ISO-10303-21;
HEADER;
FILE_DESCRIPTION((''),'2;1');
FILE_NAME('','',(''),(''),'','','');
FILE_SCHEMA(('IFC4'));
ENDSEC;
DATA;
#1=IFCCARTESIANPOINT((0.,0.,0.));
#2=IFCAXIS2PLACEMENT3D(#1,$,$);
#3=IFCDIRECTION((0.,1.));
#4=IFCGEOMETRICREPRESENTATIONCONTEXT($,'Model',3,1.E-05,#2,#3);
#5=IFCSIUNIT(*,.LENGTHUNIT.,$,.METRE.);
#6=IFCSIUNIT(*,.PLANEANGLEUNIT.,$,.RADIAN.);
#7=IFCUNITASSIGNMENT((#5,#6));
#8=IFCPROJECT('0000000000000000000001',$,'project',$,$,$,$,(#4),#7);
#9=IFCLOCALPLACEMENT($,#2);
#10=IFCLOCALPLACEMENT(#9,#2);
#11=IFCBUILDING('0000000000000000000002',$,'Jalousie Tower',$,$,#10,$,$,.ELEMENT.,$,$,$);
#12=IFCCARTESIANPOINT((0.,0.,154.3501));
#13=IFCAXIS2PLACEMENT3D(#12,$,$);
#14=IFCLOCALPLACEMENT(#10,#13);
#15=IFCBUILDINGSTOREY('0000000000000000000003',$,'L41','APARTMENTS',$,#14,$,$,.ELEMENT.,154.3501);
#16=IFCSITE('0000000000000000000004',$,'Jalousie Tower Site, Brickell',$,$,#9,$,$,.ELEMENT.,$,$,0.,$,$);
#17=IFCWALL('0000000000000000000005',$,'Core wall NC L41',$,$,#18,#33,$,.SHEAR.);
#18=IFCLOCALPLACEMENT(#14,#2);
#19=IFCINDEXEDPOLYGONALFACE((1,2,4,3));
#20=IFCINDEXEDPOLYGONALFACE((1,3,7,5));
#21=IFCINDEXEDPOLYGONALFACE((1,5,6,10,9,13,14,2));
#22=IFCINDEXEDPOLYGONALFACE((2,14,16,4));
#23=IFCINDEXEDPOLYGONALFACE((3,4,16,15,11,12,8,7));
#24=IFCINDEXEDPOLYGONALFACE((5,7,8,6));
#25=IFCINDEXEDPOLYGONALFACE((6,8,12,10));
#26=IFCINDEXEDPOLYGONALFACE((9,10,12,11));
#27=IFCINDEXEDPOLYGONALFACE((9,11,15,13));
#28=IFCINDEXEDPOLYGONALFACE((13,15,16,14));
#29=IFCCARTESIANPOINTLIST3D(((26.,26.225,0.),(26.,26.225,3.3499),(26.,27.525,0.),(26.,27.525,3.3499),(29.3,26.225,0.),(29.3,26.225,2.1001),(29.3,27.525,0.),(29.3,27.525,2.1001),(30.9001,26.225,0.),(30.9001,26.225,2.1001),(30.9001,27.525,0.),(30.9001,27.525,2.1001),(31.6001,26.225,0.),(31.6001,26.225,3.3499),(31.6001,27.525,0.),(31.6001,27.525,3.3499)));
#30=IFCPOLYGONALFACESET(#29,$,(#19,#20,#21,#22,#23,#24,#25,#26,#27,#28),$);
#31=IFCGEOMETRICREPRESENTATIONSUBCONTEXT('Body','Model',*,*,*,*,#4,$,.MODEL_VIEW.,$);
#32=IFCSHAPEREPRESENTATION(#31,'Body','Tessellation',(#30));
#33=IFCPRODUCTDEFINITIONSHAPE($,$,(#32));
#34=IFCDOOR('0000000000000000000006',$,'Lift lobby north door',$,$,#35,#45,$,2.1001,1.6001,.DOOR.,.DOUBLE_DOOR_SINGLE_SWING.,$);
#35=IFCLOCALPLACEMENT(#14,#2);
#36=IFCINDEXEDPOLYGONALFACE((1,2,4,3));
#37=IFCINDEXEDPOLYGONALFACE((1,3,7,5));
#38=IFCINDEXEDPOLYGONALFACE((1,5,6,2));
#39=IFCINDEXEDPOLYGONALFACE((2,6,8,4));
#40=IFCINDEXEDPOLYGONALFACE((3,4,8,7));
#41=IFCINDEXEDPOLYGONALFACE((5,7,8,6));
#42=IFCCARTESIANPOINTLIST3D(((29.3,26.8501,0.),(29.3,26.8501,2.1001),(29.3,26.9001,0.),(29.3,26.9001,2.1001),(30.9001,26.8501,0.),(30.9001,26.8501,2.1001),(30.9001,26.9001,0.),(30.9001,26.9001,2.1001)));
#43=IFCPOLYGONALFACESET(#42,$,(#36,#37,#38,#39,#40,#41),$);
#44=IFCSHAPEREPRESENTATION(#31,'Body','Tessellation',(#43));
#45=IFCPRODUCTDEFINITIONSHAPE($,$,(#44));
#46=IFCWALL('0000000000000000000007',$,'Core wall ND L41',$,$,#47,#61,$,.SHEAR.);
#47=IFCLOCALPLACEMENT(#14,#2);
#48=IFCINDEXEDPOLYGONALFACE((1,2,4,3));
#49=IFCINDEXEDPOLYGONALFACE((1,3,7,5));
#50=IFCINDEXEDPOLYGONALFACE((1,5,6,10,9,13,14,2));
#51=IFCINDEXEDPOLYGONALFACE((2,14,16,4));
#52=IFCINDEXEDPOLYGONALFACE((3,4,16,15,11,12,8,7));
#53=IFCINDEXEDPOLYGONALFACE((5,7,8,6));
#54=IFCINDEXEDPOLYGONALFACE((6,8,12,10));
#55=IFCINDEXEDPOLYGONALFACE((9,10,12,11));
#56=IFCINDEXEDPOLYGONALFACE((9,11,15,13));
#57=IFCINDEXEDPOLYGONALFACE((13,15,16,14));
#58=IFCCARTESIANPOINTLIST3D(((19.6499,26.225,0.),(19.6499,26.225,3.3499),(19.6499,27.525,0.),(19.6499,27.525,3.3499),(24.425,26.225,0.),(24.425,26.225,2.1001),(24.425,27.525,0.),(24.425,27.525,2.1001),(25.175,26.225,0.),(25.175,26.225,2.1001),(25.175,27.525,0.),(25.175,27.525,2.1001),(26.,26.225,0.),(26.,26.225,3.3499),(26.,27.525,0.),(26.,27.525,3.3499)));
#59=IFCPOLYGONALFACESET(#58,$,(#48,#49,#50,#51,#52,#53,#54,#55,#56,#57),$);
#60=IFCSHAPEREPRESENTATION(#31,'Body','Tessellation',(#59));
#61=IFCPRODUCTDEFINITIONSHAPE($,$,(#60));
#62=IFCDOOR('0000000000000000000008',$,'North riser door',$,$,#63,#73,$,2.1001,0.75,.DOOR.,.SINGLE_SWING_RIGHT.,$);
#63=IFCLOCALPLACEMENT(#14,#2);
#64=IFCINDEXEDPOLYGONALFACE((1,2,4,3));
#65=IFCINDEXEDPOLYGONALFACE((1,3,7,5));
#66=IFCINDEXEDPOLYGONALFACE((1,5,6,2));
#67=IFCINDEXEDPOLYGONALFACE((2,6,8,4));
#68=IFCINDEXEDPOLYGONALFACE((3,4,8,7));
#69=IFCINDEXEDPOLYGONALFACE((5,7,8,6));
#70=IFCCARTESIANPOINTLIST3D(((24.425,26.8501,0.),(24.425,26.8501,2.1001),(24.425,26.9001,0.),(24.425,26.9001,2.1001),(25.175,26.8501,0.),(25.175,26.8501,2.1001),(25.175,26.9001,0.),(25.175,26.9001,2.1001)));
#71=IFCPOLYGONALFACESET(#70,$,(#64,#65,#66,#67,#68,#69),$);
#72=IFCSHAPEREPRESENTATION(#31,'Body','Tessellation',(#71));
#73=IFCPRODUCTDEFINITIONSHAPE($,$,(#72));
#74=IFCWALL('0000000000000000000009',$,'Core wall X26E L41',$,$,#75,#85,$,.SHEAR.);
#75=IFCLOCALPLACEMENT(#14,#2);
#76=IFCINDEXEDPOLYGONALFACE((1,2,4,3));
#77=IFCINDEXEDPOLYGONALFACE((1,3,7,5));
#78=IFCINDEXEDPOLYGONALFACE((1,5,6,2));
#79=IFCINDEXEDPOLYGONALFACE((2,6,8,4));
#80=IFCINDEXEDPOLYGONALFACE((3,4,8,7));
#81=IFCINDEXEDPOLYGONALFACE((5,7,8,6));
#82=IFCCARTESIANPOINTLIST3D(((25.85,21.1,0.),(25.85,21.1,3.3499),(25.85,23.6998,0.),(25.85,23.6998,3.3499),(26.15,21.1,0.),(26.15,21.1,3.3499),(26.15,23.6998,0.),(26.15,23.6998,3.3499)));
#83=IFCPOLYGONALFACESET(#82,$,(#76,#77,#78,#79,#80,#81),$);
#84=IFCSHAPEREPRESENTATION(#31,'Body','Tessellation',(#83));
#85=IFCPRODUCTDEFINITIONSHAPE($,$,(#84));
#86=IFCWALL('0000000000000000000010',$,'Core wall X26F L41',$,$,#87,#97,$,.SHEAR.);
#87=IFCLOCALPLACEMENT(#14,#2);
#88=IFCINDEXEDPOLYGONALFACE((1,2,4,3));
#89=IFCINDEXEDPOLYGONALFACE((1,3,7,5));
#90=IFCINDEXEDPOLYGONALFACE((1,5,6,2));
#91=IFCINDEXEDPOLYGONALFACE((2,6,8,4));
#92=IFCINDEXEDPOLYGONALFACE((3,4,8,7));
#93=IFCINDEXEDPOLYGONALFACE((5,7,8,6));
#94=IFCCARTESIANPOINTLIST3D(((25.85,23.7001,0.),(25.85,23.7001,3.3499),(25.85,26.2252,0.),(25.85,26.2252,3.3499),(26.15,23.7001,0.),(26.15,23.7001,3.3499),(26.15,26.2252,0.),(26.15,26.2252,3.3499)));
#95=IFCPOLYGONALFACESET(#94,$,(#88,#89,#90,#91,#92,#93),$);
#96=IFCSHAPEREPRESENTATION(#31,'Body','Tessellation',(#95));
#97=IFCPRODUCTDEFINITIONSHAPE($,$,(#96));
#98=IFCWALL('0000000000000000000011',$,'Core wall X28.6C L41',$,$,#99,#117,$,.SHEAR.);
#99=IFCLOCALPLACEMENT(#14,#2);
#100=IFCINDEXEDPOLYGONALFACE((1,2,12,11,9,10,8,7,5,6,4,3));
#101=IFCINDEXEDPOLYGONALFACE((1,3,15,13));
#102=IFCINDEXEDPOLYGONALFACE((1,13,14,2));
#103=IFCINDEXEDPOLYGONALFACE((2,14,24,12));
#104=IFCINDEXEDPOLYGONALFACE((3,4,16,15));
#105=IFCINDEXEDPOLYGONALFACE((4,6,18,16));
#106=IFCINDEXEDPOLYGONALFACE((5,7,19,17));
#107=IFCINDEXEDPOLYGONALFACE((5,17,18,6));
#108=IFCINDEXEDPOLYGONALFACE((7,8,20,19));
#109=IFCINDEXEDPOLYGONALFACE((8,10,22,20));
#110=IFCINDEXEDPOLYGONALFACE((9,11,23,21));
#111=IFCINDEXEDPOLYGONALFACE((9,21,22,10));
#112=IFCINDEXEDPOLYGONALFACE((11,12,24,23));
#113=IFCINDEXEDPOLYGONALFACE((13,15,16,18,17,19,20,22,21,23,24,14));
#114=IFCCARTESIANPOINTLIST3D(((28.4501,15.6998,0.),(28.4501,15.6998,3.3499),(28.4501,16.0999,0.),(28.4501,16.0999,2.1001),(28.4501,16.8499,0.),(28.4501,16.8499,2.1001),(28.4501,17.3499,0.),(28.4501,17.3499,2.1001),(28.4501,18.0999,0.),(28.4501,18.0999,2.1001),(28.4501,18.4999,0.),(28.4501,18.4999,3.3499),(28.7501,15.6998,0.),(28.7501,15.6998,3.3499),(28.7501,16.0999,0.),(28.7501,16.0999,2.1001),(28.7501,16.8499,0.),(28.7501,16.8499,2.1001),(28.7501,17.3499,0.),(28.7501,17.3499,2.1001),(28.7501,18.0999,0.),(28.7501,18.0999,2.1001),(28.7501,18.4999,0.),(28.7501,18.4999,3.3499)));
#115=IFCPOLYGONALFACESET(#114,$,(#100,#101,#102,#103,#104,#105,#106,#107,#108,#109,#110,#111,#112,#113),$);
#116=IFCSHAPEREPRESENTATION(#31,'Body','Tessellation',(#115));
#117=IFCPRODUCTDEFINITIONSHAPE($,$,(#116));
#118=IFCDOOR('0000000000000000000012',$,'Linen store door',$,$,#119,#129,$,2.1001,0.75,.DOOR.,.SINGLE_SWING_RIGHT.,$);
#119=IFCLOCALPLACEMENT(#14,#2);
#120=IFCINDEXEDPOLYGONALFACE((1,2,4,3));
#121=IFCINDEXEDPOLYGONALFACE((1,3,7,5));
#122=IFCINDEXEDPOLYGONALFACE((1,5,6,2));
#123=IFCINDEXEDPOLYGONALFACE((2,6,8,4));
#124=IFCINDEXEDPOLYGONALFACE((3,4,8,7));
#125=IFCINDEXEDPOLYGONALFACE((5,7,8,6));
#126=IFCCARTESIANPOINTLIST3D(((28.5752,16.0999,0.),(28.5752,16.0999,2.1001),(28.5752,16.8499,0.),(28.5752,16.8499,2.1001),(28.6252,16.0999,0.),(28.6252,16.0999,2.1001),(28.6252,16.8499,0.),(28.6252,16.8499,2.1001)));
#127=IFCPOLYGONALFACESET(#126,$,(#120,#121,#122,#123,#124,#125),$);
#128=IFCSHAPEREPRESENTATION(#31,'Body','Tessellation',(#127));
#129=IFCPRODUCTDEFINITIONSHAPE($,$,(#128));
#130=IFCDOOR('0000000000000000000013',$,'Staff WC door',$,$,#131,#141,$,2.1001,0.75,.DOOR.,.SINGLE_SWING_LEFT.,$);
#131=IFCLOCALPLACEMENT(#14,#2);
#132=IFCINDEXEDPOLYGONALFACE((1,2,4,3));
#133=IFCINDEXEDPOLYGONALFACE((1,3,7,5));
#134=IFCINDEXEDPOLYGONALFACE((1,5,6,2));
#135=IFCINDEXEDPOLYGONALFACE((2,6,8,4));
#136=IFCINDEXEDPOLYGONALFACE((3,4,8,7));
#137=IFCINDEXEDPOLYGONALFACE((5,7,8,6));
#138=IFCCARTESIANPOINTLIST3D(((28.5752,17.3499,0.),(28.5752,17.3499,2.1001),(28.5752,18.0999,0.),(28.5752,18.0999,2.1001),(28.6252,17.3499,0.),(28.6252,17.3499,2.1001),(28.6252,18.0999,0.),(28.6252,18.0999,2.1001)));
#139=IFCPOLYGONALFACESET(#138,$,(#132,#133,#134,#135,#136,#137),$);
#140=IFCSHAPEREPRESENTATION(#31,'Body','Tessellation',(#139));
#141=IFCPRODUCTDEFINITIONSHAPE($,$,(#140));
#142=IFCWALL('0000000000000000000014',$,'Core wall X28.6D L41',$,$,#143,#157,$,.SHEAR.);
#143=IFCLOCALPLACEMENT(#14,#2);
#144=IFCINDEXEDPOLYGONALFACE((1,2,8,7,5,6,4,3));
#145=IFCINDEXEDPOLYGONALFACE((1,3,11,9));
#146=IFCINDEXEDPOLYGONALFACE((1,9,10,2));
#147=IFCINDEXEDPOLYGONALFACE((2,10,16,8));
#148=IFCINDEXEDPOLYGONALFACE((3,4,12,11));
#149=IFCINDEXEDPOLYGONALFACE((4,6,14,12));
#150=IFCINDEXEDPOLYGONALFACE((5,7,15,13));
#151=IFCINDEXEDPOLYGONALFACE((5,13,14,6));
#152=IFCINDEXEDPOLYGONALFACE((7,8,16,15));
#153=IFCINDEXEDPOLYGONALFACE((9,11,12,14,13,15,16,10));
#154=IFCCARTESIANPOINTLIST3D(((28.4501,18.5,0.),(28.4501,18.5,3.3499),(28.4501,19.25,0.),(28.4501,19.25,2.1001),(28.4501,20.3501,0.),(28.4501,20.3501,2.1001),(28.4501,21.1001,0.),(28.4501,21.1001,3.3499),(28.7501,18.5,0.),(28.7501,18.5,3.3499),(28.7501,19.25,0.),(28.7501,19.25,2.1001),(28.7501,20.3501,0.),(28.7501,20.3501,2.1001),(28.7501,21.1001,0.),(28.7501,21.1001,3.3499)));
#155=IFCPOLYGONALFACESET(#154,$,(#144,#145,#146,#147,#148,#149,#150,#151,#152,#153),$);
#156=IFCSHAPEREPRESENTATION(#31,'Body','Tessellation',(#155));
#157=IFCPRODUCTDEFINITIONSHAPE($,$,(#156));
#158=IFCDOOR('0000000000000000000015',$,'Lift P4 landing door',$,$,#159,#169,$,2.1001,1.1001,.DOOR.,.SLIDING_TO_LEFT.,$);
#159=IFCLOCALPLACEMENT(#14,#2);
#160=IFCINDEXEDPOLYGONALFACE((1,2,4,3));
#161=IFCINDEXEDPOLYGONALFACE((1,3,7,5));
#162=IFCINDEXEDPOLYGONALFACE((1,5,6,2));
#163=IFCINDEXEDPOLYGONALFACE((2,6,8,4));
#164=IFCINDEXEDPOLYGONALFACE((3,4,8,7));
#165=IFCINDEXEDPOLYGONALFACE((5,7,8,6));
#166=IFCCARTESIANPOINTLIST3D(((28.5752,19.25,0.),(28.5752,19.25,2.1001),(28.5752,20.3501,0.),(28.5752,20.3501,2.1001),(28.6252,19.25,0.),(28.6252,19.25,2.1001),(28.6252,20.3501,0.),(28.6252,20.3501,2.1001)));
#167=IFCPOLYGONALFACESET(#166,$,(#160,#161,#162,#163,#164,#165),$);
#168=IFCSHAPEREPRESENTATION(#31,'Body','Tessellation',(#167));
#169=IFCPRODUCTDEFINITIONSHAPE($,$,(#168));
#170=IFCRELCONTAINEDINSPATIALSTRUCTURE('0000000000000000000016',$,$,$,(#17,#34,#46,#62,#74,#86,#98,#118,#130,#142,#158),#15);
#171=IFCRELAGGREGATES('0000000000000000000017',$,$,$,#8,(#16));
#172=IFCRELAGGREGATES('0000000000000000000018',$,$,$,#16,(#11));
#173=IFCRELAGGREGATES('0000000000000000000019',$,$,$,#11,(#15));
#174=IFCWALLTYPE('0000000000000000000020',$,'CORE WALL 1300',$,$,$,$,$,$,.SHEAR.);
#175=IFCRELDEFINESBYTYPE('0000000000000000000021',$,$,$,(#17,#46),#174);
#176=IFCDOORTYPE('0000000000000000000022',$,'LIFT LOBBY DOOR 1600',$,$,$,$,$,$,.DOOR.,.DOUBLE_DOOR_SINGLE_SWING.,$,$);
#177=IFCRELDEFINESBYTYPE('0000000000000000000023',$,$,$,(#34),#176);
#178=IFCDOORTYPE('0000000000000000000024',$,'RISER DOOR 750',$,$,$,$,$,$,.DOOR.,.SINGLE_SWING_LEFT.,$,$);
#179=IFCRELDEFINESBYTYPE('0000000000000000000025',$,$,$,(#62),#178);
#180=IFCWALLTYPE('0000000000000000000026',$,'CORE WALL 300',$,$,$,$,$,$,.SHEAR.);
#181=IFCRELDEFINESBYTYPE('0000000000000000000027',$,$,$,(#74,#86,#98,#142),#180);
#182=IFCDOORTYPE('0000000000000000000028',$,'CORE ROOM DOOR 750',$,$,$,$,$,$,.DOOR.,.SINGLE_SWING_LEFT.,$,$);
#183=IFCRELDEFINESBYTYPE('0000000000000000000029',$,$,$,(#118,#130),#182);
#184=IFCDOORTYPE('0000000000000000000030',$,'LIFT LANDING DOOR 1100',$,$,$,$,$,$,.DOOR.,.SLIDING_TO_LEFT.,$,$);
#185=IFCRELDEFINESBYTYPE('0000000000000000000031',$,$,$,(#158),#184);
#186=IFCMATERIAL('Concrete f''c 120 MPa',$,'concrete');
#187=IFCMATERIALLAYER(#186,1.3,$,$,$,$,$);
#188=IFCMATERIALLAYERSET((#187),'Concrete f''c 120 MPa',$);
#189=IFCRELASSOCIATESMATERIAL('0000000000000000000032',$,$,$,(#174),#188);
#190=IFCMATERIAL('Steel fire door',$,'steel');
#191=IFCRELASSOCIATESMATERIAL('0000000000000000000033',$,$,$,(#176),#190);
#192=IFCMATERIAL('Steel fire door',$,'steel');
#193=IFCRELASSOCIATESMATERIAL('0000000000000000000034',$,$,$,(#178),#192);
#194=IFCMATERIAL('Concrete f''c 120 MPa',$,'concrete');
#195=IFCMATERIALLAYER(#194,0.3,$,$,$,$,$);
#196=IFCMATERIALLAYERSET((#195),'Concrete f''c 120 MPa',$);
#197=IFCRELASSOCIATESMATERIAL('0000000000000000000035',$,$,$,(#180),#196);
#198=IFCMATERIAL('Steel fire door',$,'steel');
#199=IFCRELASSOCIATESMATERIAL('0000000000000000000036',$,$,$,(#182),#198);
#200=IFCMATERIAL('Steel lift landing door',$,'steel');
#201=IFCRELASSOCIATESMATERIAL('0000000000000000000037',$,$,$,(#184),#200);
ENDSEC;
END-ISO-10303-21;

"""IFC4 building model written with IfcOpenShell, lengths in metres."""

from ifc_helpers import new_model, si_unit, direction, frame, frame_2d, origin, place, context, subcontext, project, spatial, rectangle, extrude, material, layer, layer_set, type_object, element, fill, save


model = new_model("IFC4")

# Units and contexts
model_context = context("Model", 3, precision=1e-05, world=origin(), true_north=direction((0.0, 1.0)))
body_context = subcontext(model_context, "Body", "Model", "MODEL_VIEW")
ifc_project = project(units=[si_unit("LENGTHUNIT", "METRE"), si_unit("PLANEANGLEUNIT", "RADIAN")], contexts=[model_context])

# Site, building, storey
site_placement = place(None, origin())
site = spatial("IfcSite", under=ifc_project, at=site_placement, Name="Jalousie Tower Site, Brickell", CompositionType="ELEMENT", RefElevation=0.0)
building_placement = place(site_placement, origin())
building = spatial("IfcBuilding", under=site, at=building_placement, Name="Jalousie Tower", CompositionType="ELEMENT")
storey_placement = place(building_placement, frame((0.0, 0.0, 154.3501)))
storey = spatial("IfcBuildingStorey", under=building, at=storey_placement, Name="L41", Description="APARTMENTS", CompositionType="ELEMENT", Elevation=154.3501)

# Walls, openings, doors
ifc_material_1 = material(Name="Concrete f'c 120 MPa", Category="concrete")
ifc_layer_1 = layer(ifc_material_1, 1.3)
ifc_layer_set_1 = layer_set([ifc_layer_1], Name="Concrete f'c 120 MPa")
wall_type_1 = type_object("IfcWallType", Name="CORE WALL 1300", PredefinedType="SHEAR", material=ifc_layer_set_1)
wall_1_placement = place(storey_placement, frame((31.6001, 26.875, 0.0), z_axis=(0.0, 0.0, 1.0), x_axis=(-1.0, 0.0, 0.0)))
wall_1 = element("IfcWall", 1, at=wall_1_placement, inside=storey, type_object=wall_type_1, Name="Core wall NC L41", PredefinedType="SHEAR", context=body_context, shape_type="SweptSolid", body=[
    extrude(rectangle(XDim=5.6001, YDim=1.3, at=frame_2d((2.8, 0.0))), origin(), (0.0, 0.0, 1.0), 3.3499),
])
opening_1_placement = place(wall_1_placement, frame((0.7, 0.0, 0.0)))
opening_1 = element("IfcOpeningElement", 2, at=opening_1_placement, cuts=wall_1, PredefinedType="OPENING", context=body_context, shape_type="SweptSolid", body=[
    extrude(rectangle(XDim=1.6001, YDim=2.1001, at=frame_2d((0.8, 1.05))), frame((0.0, 0.6599, 0.0), z_axis=(0.0, -1.0, 0.0), x_axis=(1.0, 0.0, 0.0)), (0.0, 0.0, 1.0), 1.3201),
])
ifc_material_2 = material(Name="Steel fire door", Category="steel")
door_type_1 = type_object("IfcDoorType", Name="LIFT LOBBY DOOR 1600", OperationType="DOUBLE_DOOR_SINGLE_SWING", PredefinedType="DOOR", material=ifc_material_2)
door_1_placement = place(opening_1_placement, origin())
door_1 = element("IfcDoor", 3, at=door_1_placement, inside=storey, type_object=door_type_1, Name="Lift lobby north door", OperationType="DOUBLE_DOOR_SINGLE_SWING", OverallHeight=2.1001, OverallWidth=1.6001, PredefinedType="DOOR", context=body_context, shape_type="SweptSolid", body=[
    extrude(rectangle(XDim=1.6001, YDim=2.1001, at=frame_2d((0.8, 1.05))), frame((0.0, 0.0249, 0.0), z_axis=(0.0, -1.0, 0.0), x_axis=(1.0, 0.0, 0.0)), (0.0, 0.0, 1.0), 0.05),
])
fill(opening_1, door_1)
wall_2_placement = place(storey_placement, frame((26.0, 26.875, 0.0), z_axis=(0.0, 0.0, 1.0), x_axis=(-1.0, 0.0, 0.0)))
wall_2 = element("IfcWall", 4, at=wall_2_placement, inside=storey, type_object=wall_type_1, Name="Core wall ND L41", PredefinedType="SHEAR", context=body_context, shape_type="SweptSolid", body=[
    extrude(rectangle(XDim=6.3501, YDim=1.3, at=frame_2d((3.175, 0.0))), origin(), (0.0, 0.0, 1.0), 3.3499),
])
opening_2_placement = place(wall_2_placement, frame((0.825, 0.0, 0.0)))
opening_2 = element("IfcOpeningElement", 5, at=opening_2_placement, cuts=wall_2, PredefinedType="OPENING", context=body_context, shape_type="SweptSolid", body=[
    extrude(rectangle(XDim=0.75, YDim=2.1001, at=frame_2d((0.375, 1.05))), frame((0.0, 0.6599, 0.0), z_axis=(0.0, -1.0, 0.0), x_axis=(1.0, 0.0, 0.0)), (0.0, 0.0, 1.0), 1.3201),
])
ifc_material_3 = material(Name="Steel fire door", Category="steel")
door_type_2 = type_object("IfcDoorType", Name="RISER DOOR 750", OperationType="SINGLE_SWING_LEFT", PredefinedType="DOOR", material=ifc_material_3)
door_2_placement = place(opening_2_placement, origin())
door_2 = element("IfcDoor", 6, at=door_2_placement, inside=storey, type_object=door_type_2, Name="North riser door", OperationType="SINGLE_SWING_RIGHT", OverallHeight=2.1001, OverallWidth=0.75, PredefinedType="DOOR", context=body_context, shape_type="SweptSolid", body=[
    extrude(rectangle(XDim=0.75, YDim=2.1001, at=frame_2d((0.375, 1.05))), frame((0.0, 0.0249, 0.0), z_axis=(0.0, -1.0, 0.0), x_axis=(1.0, 0.0, 0.0)), (0.0, 0.0, 1.0), 0.05),
])
fill(opening_2, door_2)

# Walls
ifc_material_4 = material(Name="Concrete f'c 120 MPa", Category="concrete")
ifc_layer_2 = layer(ifc_material_4, 0.3)
ifc_layer_set_2 = layer_set([ifc_layer_2], Name="Concrete f'c 120 MPa")
wall_type_2 = type_object("IfcWallType", Name="CORE WALL 300", PredefinedType="SHEAR", material=ifc_layer_set_2)
wall_3_placement = place(storey_placement, frame((26.0, 21.1001, 0.0), z_axis=(0.0, 0.0, 1.0), x_axis=(0.0, 1.0, 0.0)))
element("IfcWall", 7, at=wall_3_placement, inside=storey, type_object=wall_type_2, Name="Core wall X26E L41", PredefinedType="SHEAR", context=body_context, shape_type="SweptSolid", body=[
    extrude(rectangle(XDim=2.5999, YDim=0.3, at=frame_2d((1.2998, 0.0))), origin(), (0.0, 0.0, 1.0), 3.3499),
])
wall_4_placement = place(storey_placement, frame((26.0, 23.7, 0.0), z_axis=(0.0, 0.0, 1.0), x_axis=(0.0, 1.0, 0.0)))
element("IfcWall", 8, at=wall_4_placement, inside=storey, type_object=wall_type_2, Name="Core wall X26F L41", PredefinedType="SHEAR", context=body_context, shape_type="SweptSolid", body=[
    extrude(rectangle(XDim=2.5251, YDim=0.3, at=frame_2d((1.2627, 0.0))), origin(), (0.0, 0.0, 1.0), 3.3499),
])

# Wall, openings, doors
wall_5_placement = place(storey_placement, frame((28.6001, 15.7, 0.0), z_axis=(0.0, 0.0, 1.0), x_axis=(0.0, 1.0, 0.0)))
wall_5 = element("IfcWall", 9, at=wall_5_placement, inside=storey, type_object=wall_type_2, Name="Core wall X28.6C L41", PredefinedType="SHEAR", context=body_context, shape_type="SweptSolid", body=[
    extrude(rectangle(XDim=2.8, YDim=0.3, at=frame_2d((1.3999, 0.0))), origin(), (0.0, 0.0, 1.0), 3.3499),
])
opening_3_placement = place(wall_5_placement, frame((0.3999, 0.0, 0.0)))
opening_3 = element("IfcOpeningElement", 10, at=opening_3_placement, cuts=wall_5, PredefinedType="OPENING", context=body_context, shape_type="SweptSolid", body=[
    extrude(rectangle(XDim=0.75, YDim=2.1001, at=frame_2d((0.375, 1.05))), frame((0.0, 0.1599, 0.0), z_axis=(0.0, -1.0, 0.0), x_axis=(1.0, 0.0, 0.0)), (0.0, 0.0, 1.0), 0.3201),
])
opening_4_placement = place(wall_5_placement, frame((1.6499, 0.0, 0.0)))
opening_4 = element("IfcOpeningElement", 11, at=opening_4_placement, cuts=wall_5, PredefinedType="OPENING", context=body_context, shape_type="SweptSolid", body=[
    extrude(rectangle(XDim=0.75, YDim=2.1001, at=frame_2d((0.375, 1.05))), frame((0.0, 0.1599, 0.0), z_axis=(0.0, -1.0, 0.0), x_axis=(1.0, 0.0, 0.0)), (0.0, 0.0, 1.0), 0.3201),
])
ifc_material_5 = material(Name="Steel fire door", Category="steel")
door_type_3 = type_object("IfcDoorType", Name="CORE ROOM DOOR 750", OperationType="SINGLE_SWING_LEFT", PredefinedType="DOOR", material=ifc_material_5)
door_3_placement = place(opening_3_placement, origin())
door_3 = element("IfcDoor", 12, at=door_3_placement, inside=storey, type_object=door_type_3, Name="Linen store door", OperationType="SINGLE_SWING_RIGHT", OverallHeight=2.1001, OverallWidth=0.75, PredefinedType="DOOR", context=body_context, shape_type="SweptSolid", body=[
    extrude(rectangle(XDim=0.75, YDim=2.1001, at=frame_2d((0.375, 1.05))), frame((0.0, 0.0249, 0.0), z_axis=(0.0, -1.0, 0.0), x_axis=(1.0, 0.0, 0.0)), (0.0, 0.0, 1.0), 0.05),
])
fill(opening_3, door_3)
door_4_placement = place(opening_4_placement, origin())
door_4 = element("IfcDoor", 13, at=door_4_placement, inside=storey, type_object=door_type_3, Name="Staff WC door", OperationType="SINGLE_SWING_LEFT", OverallHeight=2.1001, OverallWidth=0.75, PredefinedType="DOOR", context=body_context, shape_type="SweptSolid", body=[
    extrude(rectangle(XDim=0.75, YDim=2.1001, at=frame_2d((0.375, 1.05))), frame((0.0, 0.0249, 0.0), z_axis=(0.0, -1.0, 0.0), x_axis=(1.0, 0.0, 0.0)), (0.0, 0.0, 1.0), 0.05),
])
fill(opening_4, door_4)

# Wall, opening, door
wall_6_placement = place(storey_placement, frame((28.6001, 18.5, 0.0), z_axis=(0.0, 0.0, 1.0), x_axis=(0.0, 1.0, 0.0)))
wall_6 = element("IfcWall", 14, at=wall_6_placement, inside=storey, type_object=wall_type_2, Name="Core wall X28.6D L41", PredefinedType="SHEAR", context=body_context, shape_type="SweptSolid", body=[
    extrude(rectangle(XDim=2.6001, YDim=0.3, at=frame_2d((1.3, 0.0))), origin(), (0.0, 0.0, 1.0), 3.3499),
])
opening_5_placement = place(wall_6_placement, frame((0.75, 0.0, 0.0)))
opening_5 = element("IfcOpeningElement", 15, at=opening_5_placement, cuts=wall_6, PredefinedType="OPENING", context=body_context, shape_type="SweptSolid", body=[
    extrude(rectangle(XDim=1.1001, YDim=2.1001, at=frame_2d((0.55, 1.05))), frame((0.0, 0.1599, 0.0), z_axis=(0.0, -1.0, 0.0), x_axis=(1.0, 0.0, 0.0)), (0.0, 0.0, 1.0), 0.3201),
])
ifc_material_6 = material(Name="Steel lift landing door", Category="steel")
door_type_4 = type_object("IfcDoorType", Name="LIFT LANDING DOOR 1100", OperationType="SLIDING_TO_LEFT", PredefinedType="DOOR", material=ifc_material_6)
door_5_placement = place(opening_5_placement, origin())
door_5 = element("IfcDoor", 16, at=door_5_placement, inside=storey, type_object=door_type_4, Name="Lift P4 landing door", OperationType="SLIDING_TO_LEFT", OverallHeight=2.1001, OverallWidth=1.1001, PredefinedType="DOOR", context=body_context, shape_type="SweptSolid", body=[
    extrude(rectangle(XDim=1.1001, YDim=2.1001, at=frame_2d((0.55, 1.05))), frame((0.0, 0.0249, 0.0), z_axis=(0.0, -1.0, 0.0), x_axis=(1.0, 0.0, 0.0)), (0.0, 0.0, 1.0), 0.05),
])
fill(opening_5, door_5)

save(model, "model.ifc")
